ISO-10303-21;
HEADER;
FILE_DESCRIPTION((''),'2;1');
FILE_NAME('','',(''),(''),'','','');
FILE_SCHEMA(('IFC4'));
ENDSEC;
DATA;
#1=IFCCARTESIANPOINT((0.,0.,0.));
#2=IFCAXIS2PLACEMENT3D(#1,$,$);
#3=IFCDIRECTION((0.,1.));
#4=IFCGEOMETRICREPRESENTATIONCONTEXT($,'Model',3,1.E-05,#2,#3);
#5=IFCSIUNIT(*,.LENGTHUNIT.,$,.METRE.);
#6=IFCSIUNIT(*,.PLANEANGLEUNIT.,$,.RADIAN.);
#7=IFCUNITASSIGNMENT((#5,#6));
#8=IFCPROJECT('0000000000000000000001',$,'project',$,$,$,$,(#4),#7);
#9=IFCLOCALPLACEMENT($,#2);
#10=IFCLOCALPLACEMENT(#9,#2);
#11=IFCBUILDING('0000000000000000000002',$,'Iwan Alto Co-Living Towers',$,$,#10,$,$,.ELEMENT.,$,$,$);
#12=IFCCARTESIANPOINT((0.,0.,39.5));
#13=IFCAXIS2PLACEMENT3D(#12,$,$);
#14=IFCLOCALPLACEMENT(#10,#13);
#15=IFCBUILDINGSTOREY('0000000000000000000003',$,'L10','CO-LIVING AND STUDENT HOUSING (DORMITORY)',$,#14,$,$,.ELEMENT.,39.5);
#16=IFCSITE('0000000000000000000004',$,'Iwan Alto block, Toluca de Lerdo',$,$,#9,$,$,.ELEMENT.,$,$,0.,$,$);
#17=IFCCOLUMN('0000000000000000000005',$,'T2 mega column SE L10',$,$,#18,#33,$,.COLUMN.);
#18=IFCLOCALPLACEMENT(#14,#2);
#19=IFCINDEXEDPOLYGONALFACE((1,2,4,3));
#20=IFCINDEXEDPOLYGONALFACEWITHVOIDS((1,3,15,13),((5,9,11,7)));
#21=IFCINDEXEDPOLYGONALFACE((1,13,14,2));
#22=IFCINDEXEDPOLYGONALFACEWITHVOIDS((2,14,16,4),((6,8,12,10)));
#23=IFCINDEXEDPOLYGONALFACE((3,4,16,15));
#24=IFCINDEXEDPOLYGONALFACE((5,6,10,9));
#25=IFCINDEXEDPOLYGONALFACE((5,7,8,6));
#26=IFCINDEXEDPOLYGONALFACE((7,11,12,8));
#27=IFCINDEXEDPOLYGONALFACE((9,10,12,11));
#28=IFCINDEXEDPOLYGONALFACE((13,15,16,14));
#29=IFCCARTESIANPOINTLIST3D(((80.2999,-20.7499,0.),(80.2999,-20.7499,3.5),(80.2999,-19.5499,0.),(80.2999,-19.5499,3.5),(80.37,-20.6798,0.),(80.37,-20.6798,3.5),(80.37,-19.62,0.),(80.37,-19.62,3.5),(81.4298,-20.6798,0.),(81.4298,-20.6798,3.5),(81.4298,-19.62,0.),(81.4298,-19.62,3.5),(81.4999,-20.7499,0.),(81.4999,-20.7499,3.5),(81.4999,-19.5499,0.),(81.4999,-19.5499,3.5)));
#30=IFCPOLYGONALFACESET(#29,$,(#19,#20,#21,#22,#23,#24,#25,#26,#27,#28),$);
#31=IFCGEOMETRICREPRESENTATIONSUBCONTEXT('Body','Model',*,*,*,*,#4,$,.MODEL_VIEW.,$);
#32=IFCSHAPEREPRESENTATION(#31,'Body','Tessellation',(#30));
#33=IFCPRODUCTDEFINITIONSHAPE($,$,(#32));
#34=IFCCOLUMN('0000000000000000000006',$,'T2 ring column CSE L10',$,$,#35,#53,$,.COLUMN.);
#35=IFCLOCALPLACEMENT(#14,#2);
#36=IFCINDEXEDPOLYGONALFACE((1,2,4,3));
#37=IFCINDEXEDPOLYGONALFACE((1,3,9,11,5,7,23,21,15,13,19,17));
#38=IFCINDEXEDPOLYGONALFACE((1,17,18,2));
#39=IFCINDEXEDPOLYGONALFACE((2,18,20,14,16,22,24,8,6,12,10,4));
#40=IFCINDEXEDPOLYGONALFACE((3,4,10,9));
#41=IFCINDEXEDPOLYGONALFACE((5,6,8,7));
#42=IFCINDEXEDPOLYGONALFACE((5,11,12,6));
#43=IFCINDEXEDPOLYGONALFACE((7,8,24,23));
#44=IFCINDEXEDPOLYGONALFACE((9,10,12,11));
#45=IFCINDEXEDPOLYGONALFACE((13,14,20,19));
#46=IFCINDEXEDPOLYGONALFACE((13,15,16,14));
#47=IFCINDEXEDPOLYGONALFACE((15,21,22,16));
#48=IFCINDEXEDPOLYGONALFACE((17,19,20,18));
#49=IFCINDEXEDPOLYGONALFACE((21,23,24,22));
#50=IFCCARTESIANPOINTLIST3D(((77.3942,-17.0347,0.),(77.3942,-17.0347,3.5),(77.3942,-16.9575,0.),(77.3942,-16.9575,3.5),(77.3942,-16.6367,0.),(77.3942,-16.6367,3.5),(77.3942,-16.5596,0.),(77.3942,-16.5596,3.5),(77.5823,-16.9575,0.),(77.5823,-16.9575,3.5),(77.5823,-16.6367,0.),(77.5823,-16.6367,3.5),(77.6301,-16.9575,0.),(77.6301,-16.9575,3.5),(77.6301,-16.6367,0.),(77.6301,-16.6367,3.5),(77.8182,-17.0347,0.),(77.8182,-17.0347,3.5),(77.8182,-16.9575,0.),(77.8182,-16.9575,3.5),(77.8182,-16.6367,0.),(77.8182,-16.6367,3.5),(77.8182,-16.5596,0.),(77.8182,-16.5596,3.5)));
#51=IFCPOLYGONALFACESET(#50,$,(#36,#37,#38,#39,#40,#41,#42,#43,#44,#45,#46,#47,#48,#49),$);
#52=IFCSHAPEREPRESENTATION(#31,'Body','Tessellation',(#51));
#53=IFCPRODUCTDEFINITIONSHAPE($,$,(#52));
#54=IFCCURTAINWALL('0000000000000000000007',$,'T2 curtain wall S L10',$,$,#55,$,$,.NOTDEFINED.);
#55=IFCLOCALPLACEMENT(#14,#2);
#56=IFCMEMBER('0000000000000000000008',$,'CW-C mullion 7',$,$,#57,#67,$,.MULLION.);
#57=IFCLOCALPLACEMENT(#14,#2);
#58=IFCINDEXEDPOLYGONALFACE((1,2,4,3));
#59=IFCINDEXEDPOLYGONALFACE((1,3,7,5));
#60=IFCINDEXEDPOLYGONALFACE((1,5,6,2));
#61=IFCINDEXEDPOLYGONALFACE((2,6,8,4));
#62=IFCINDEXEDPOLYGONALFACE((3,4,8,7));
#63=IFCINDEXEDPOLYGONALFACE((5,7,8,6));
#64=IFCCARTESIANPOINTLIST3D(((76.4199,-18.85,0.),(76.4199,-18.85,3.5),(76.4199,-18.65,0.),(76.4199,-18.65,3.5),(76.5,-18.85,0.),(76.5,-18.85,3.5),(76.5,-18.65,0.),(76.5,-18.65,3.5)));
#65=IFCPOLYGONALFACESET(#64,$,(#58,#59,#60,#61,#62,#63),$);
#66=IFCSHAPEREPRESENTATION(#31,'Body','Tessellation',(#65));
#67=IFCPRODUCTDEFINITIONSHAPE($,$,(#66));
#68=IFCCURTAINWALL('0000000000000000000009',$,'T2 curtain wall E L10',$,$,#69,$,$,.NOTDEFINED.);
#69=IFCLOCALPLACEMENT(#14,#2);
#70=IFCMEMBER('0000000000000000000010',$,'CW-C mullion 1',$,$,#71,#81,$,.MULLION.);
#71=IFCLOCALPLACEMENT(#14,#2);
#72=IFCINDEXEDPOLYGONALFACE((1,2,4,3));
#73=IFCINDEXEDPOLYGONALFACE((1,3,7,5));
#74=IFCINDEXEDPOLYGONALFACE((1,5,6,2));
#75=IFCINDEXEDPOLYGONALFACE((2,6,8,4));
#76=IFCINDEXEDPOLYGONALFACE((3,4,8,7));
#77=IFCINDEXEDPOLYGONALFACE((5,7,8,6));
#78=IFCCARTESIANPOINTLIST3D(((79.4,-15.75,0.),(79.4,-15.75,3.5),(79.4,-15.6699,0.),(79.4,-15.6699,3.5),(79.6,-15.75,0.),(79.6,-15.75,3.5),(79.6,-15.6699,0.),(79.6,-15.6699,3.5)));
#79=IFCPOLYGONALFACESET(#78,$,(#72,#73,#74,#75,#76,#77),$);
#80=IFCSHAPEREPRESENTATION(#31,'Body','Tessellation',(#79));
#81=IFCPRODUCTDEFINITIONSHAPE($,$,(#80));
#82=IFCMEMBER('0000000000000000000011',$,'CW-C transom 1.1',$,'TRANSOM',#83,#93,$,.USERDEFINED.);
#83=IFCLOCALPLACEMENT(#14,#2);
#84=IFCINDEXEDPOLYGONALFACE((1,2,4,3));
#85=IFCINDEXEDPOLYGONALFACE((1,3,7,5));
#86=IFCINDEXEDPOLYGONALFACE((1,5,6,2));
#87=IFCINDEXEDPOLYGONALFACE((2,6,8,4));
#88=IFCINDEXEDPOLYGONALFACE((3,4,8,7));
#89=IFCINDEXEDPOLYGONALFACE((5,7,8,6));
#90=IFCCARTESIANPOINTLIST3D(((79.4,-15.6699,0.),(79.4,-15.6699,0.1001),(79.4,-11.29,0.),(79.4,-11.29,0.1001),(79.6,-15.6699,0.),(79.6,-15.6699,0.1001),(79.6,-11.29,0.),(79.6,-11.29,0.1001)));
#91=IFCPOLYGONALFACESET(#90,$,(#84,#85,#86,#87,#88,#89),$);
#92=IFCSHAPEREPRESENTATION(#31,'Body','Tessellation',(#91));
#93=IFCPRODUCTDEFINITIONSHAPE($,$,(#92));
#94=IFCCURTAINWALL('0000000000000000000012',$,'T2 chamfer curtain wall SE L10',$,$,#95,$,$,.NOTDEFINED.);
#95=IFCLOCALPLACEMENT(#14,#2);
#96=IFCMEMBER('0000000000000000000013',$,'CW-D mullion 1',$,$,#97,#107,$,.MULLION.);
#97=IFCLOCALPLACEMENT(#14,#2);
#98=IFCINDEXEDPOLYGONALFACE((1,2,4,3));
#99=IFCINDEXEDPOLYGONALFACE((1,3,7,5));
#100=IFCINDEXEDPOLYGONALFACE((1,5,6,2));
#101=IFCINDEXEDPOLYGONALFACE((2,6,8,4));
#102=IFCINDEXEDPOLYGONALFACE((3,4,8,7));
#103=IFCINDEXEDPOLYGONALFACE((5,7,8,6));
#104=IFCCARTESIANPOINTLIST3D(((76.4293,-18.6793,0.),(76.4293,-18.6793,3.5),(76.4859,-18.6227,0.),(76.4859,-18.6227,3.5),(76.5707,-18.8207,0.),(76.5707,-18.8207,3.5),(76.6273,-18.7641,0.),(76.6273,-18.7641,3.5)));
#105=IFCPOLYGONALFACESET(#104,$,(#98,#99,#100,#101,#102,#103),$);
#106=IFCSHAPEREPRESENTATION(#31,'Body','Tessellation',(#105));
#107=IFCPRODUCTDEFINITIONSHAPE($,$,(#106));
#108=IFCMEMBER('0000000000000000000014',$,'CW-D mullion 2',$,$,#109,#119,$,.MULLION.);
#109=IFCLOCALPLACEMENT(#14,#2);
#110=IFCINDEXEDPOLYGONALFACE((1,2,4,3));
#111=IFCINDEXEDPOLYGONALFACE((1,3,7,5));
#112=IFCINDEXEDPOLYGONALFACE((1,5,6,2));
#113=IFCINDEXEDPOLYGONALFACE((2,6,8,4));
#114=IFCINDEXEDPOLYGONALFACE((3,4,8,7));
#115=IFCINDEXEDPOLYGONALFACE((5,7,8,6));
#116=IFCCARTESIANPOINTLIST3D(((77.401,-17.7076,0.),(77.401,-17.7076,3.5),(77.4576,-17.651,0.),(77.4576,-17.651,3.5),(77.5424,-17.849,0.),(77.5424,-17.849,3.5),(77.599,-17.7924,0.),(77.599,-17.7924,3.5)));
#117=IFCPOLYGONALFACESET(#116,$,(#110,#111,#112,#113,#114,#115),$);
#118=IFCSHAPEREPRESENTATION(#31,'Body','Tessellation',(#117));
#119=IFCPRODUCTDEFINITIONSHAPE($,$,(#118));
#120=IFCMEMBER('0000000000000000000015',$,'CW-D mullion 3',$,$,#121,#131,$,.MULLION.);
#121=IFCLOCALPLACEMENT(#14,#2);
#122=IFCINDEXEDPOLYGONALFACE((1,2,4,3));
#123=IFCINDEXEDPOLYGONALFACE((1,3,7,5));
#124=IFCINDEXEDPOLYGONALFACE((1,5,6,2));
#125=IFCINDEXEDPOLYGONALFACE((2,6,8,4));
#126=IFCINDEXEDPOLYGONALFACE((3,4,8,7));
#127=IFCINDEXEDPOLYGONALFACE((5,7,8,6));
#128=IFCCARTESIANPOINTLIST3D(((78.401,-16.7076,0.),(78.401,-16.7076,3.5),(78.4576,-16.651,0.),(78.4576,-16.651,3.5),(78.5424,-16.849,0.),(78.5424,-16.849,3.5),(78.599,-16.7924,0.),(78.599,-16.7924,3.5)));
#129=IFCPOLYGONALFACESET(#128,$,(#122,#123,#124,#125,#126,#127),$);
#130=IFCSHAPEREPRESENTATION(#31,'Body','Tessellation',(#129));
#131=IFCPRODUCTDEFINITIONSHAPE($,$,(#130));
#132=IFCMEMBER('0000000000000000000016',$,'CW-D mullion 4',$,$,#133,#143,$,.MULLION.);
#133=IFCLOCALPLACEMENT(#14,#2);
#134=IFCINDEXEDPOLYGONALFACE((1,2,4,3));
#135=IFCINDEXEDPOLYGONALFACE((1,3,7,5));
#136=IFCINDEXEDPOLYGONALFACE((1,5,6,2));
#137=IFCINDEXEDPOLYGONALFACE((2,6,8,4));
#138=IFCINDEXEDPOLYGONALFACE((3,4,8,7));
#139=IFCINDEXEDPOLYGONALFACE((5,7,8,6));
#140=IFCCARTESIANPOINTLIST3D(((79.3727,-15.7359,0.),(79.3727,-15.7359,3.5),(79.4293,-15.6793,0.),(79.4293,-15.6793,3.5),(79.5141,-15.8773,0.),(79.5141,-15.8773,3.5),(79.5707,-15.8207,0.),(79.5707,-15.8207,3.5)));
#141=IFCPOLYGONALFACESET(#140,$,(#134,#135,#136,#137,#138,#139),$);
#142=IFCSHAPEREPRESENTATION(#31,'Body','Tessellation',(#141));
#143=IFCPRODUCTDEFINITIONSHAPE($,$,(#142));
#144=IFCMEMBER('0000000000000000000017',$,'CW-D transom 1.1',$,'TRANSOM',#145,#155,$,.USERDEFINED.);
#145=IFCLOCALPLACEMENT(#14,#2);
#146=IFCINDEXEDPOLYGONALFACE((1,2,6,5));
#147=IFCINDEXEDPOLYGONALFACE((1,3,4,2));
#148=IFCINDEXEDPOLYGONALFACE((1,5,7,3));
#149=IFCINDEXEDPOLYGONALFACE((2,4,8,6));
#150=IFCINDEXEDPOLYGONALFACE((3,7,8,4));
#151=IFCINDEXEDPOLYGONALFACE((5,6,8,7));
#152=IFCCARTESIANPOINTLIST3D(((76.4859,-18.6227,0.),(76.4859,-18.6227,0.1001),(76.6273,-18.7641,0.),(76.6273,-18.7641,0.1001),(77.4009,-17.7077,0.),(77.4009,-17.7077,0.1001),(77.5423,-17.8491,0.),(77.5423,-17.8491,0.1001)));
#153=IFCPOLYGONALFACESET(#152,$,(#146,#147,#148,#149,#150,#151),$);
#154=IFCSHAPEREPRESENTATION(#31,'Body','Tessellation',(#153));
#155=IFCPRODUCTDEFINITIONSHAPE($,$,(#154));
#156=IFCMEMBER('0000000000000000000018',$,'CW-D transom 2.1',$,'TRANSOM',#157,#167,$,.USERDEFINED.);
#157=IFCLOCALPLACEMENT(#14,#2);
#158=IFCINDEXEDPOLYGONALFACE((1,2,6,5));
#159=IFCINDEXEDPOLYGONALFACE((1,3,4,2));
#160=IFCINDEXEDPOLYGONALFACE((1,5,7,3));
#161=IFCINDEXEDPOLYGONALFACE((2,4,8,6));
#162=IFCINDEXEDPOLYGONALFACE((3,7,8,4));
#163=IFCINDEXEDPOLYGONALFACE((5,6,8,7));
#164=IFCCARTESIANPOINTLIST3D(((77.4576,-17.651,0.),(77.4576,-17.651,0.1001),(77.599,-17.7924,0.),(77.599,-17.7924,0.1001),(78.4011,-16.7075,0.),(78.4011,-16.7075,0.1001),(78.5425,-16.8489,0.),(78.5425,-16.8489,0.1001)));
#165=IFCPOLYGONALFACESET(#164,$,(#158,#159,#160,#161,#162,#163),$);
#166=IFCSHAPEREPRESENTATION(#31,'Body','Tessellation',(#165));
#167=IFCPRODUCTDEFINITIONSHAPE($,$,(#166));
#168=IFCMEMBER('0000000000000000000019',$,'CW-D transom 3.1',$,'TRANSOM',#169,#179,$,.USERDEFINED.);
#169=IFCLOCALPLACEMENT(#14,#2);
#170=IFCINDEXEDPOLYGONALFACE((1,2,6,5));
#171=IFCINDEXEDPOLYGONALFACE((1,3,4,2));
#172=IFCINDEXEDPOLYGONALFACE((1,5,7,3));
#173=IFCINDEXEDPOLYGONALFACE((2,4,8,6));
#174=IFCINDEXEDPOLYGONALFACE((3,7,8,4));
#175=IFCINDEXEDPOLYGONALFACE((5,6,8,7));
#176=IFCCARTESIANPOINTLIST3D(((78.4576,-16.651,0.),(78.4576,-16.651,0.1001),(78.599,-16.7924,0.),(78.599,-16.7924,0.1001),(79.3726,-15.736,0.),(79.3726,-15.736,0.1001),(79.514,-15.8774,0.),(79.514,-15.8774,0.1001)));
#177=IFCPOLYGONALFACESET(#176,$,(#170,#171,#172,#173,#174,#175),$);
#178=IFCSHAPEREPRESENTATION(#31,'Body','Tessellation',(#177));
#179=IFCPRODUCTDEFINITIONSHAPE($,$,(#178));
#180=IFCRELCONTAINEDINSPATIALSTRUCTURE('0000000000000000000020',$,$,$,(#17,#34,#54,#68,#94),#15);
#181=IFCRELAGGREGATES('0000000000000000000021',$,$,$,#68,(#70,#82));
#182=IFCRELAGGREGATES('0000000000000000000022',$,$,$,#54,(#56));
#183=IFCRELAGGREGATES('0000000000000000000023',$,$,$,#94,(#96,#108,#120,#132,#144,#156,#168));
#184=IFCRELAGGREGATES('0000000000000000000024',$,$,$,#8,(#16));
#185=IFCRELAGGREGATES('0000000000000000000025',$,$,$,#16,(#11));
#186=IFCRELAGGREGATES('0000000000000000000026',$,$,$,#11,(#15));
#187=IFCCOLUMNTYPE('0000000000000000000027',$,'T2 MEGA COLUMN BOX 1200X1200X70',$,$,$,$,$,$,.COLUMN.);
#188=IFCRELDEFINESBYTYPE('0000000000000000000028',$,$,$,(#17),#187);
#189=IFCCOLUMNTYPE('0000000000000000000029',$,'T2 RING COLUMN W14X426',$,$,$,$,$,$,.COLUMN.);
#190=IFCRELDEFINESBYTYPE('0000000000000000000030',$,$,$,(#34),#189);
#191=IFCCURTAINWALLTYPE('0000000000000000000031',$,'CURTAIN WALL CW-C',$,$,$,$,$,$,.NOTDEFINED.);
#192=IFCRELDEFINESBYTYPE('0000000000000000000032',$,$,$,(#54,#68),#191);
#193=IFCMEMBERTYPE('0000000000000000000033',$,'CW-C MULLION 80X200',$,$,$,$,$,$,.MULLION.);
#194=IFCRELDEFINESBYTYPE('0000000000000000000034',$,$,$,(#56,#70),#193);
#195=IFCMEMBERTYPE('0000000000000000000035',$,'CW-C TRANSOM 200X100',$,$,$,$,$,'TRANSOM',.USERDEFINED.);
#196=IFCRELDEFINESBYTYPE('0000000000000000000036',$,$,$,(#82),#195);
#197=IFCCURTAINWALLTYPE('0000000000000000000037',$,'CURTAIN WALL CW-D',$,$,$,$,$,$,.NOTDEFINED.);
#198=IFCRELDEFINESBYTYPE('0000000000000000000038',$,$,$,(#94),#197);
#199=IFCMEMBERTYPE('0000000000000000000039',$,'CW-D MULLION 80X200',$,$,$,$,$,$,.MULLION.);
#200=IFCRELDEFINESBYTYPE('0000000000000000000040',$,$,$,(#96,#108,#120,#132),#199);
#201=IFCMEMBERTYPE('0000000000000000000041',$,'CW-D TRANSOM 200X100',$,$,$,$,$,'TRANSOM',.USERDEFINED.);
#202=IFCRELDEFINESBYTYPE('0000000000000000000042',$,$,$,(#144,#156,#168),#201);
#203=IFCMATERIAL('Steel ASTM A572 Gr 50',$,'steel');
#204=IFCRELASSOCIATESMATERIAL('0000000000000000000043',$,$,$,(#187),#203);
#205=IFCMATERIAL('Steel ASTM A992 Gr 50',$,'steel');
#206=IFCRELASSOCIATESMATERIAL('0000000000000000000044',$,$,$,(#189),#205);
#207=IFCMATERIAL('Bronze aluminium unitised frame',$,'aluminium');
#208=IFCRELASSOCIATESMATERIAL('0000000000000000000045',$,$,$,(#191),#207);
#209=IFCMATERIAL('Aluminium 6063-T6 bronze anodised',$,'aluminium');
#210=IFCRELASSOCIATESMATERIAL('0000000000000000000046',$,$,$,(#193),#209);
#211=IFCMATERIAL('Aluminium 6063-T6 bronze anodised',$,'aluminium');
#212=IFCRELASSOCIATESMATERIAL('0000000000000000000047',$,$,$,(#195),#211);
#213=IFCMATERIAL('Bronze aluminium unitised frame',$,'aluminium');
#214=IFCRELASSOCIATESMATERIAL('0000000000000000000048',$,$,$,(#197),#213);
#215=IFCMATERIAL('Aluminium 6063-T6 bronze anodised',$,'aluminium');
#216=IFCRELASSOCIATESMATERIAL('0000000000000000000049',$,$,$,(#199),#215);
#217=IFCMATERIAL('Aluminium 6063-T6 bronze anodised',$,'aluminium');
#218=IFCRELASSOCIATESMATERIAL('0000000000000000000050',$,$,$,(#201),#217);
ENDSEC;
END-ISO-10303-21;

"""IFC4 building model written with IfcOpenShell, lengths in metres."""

from ifc_helpers import new_model, si_unit, direction, frame, origin, origin_2d, place, context, subcontext, project, spatial, rectangle, hollow_rectangle, i_section, extrude, material, material_profile, profile_set, type_object, element, aggregate, save


model = new_model("IFC4")

# Units and contexts
model_context = context("Model", 3, precision=1e-05, world=origin(), true_north=direction((0.0, 1.0)))
body_context = subcontext(model_context, "Body", "Model", "MODEL_VIEW")
ifc_project = project(units=[si_unit("LENGTHUNIT", "METRE"), si_unit("PLANEANGLEUNIT", "RADIAN")], contexts=[model_context])

# Site, building, storey
site_placement = place(None, origin())
site = spatial("IfcSite", under=ifc_project, at=site_placement, Name="Iwan Alto block, Toluca de Lerdo", CompositionType="ELEMENT", RefElevation=0.0)
building_placement = place(site_placement, origin())
building = spatial("IfcBuilding", under=site, at=building_placement, Name="Iwan Alto Co-Living Towers", CompositionType="ELEMENT")
storey_placement = place(building_placement, frame((0.0, 0.0, 39.5)))
storey = spatial("IfcBuildingStorey", under=building, at=storey_placement, Name="L10", Description="CO-LIVING AND STUDENT HOUSING (DORMITORY)", CompositionType="ELEMENT", Elevation=39.5)

# Columns
ifc_material_1 = material(Name="Steel ASTM A572 Gr 50", Category="steel")
ifc_material_profile_1 = material_profile(ifc_material_1, hollow_rectangle(XDim=1.2, YDim=1.2, WallThickness=0.0701, at=origin_2d()), Name="BOX 1200X1200X70")
ifc_profile_set_1 = profile_set([ifc_material_profile_1], Name="Steel ASTM A572 Gr 50")
column_type_1 = type_object("IfcColumnType", Name="T2 MEGA COLUMN BOX 1200X1200X70", PredefinedType="COLUMN", material=ifc_profile_set_1)
column_1_placement = place(storey_placement, frame((80.8999, -20.1499, 0.0), z_axis=(0.0, 0.0, 1.0), x_axis=(1.0, 0.0, 0.0)))
element("IfcColumn", 1, at=column_1_placement, inside=storey, type_object=column_type_1, Name="T2 mega column SE L10", PredefinedType="COLUMN", context=body_context, shape_type="SweptSolid", body=[
    extrude(hollow_rectangle(XDim=1.2, YDim=1.2, WallThickness=0.0701, at=origin_2d()), origin(), (0.0, 0.0, 1.0), 3.5),
])
ifc_material_2 = material(Name="Steel ASTM A992 Gr 50", Category="steel")
ifc_material_profile_2 = material_profile(ifc_material_2, i_section(OverallWidth=0.4241, OverallDepth=0.4751, WebThickness=0.0479, FlangeThickness=0.0771, at=origin_2d()), Name="W14X426")
ifc_profile_set_2 = profile_set([ifc_material_profile_2], Name="Steel ASTM A992 Gr 50")
column_type_2 = type_object("IfcColumnType", Name="T2 RING COLUMN W14X426", PredefinedType="COLUMN", material=ifc_profile_set_2)
column_2_placement = place(storey_placement, frame((77.6062, -16.7971, 0.0), z_axis=(0.0, 0.0, 1.0), x_axis=(1.0, 0.0, 0.0)))
element("IfcColumn", 2, at=column_2_placement, inside=storey, type_object=column_type_2, Name="T2 ring column CSE L10", PredefinedType="COLUMN", context=body_context, shape_type="SweptSolid", body=[
    extrude(i_section(OverallWidth=0.4241, OverallDepth=0.4751, WebThickness=0.0479, FlangeThickness=0.0771, at=origin_2d()), origin(), (0.0, 0.0, 1.0), 3.5),
])

# Curtain wall, member
ifc_material_3 = material(Name="Bronze aluminium unitised frame", Category="aluminium")
curtain_wall_type_1 = type_object("IfcCurtainWallType", Name="CURTAIN WALL CW-C", PredefinedType="NOTDEFINED", material=ifc_material_3)
curtain_wall_1_placement = place(storey_placement, origin())
curtain_wall_1 = element("IfcCurtainWall", 3, at=curtain_wall_1_placement, inside=storey, type_object=curtain_wall_type_1, Name="T2 curtain wall S L10", PredefinedType="NOTDEFINED")
ifc_material_4 = material(Name="Aluminium 6063-T6 bronze anodised", Category="aluminium")
ifc_material_profile_3 = material_profile(ifc_material_4, rectangle(XDim=0.2, YDim=0.0801, at=origin_2d()), Name="AL 80X200")
ifc_profile_set_3 = profile_set([ifc_material_profile_3], Name="Aluminium 6063-T6 bronze anodised")
member_type_1 = type_object("IfcMemberType", Name="CW-C MULLION 80X200", PredefinedType="MULLION", material=ifc_profile_set_3)
member_1_placement = place(storey_placement, frame((76.46, -18.75, 0.0), z_axis=(0.0, 0.0, 1.0), x_axis=(0.0, 1.0, 0.0)))
member_1 = element("IfcMember", 4, at=member_1_placement, type_object=member_type_1, Name="CW-C mullion 7", PredefinedType="MULLION", context=body_context, shape_type="SweptSolid", body=[
    extrude(rectangle(XDim=0.2, YDim=0.0801, at=origin_2d()), origin(), (0.0, 0.0, 1.0), 3.5),
])

# Curtain walls, members
curtain_wall_2_placement = place(storey_placement, origin())
curtain_wall_2 = element("IfcCurtainWall", 5, at=curtain_wall_2_placement, inside=storey, type_object=curtain_wall_type_1, Name="T2 curtain wall E L10", PredefinedType="NOTDEFINED")
member_2_placement = place(storey_placement, frame((79.5, -15.71, 0.0), z_axis=(0.0, 0.0, 1.0), x_axis=(-1.0, 0.0, 0.0)))
member_2 = element("IfcMember", 6, at=member_2_placement, type_object=member_type_1, Name="CW-C mullion 1", PredefinedType="MULLION", context=body_context, shape_type="SweptSolid", body=[
    extrude(rectangle(XDim=0.2, YDim=0.0801, at=origin_2d()), origin(), (0.0, 0.0, 1.0), 3.5),
])
ifc_material_5 = material(Name="Aluminium 6063-T6 bronze anodised", Category="aluminium")
ifc_material_profile_4 = material_profile(ifc_material_5, rectangle(XDim=0.2, YDim=0.1001, at=origin_2d()), Name="AL 200X100")
ifc_profile_set_4 = profile_set([ifc_material_profile_4], Name="Aluminium 6063-T6 bronze anodised")
member_type_2 = type_object("IfcMemberType", Name="CW-C TRANSOM 200X100", ElementType="TRANSOM", PredefinedType="USERDEFINED", material=ifc_profile_set_4)
member_3_placement = place(storey_placement, frame((79.5, -15.6699, 0.05), z_axis=(0.0, 1.0, 0.0), x_axis=(-1.0, 0.0, 0.0)))
member_3 = element("IfcMember", 7, at=member_3_placement, type_object=member_type_2, Name="CW-C transom 1.1", ObjectType="TRANSOM", PredefinedType="USERDEFINED", context=body_context, shape_type="SweptSolid", body=[
    extrude(rectangle(XDim=0.2, YDim=0.1001, at=origin_2d()), origin(), (0.0, 0.0, 1.0), 4.3799),
])
aggregate(curtain_wall_2, [member_2, member_3])
ifc_material_6 = material(Name="Bronze aluminium unitised frame", Category="aluminium")
curtain_wall_type_2 = type_object("IfcCurtainWallType", Name="CURTAIN WALL CW-D", PredefinedType="NOTDEFINED", material=ifc_material_6)
curtain_wall_3_placement = place(storey_placement, origin())
curtain_wall_3 = element("IfcCurtainWall", 8, at=curtain_wall_3_placement, inside=storey, type_object=curtain_wall_type_2, Name="T2 chamfer curtain wall SE L10", PredefinedType="NOTDEFINED")
ifc_material_7 = material(Name="Aluminium 6063-T6 bronze anodised", Category="aluminium")
ifc_material_profile_5 = material_profile(ifc_material_7, rectangle(XDim=0.2, YDim=0.0801, at=origin_2d()), Name="AL 80X200")
ifc_profile_set_5 = profile_set([ifc_material_profile_5], Name="Aluminium 6063-T6 bronze anodised")
member_type_3 = type_object("IfcMemberType", Name="CW-D MULLION 80X200", PredefinedType="MULLION", material=ifc_profile_set_5)
member_4_placement = place(storey_placement, frame((76.5283, -18.7217, 0.0), z_axis=(0.0, 0.0, 1.0), x_axis=(-0.707107, 0.707107, 0.0)))
member_4 = element("IfcMember", 9, at=member_4_placement, type_object=member_type_3, Name="CW-D mullion 1", PredefinedType="MULLION", context=body_context, shape_type="SweptSolid", body=[
    extrude(rectangle(XDim=0.2, YDim=0.0801, at=origin_2d()), origin(), (0.0, 0.0, 1.0), 3.5),
])
member_5_placement = place(storey_placement, frame((77.5, -17.75, 0.0), z_axis=(0.0, 0.0, 1.0), x_axis=(-0.707107, 0.707107, 0.0)))
member_5 = element("IfcMember", 10, at=member_5_placement, type_object=member_type_3, Name="CW-D mullion 2", PredefinedType="MULLION", context=body_context, shape_type="SweptSolid", body=[
    extrude(rectangle(XDim=0.2, YDim=0.0801, at=origin_2d()), origin(), (0.0, 0.0, 1.0), 3.5),
])
member_6_placement = place(storey_placement, frame((78.5, -16.75, 0.0), z_axis=(0.0, 0.0, 1.0), x_axis=(-0.707107, 0.707107, 0.0)))
member_6 = element("IfcMember", 11, at=member_6_placement, type_object=member_type_3, Name="CW-D mullion 3", PredefinedType="MULLION", context=body_context, shape_type="SweptSolid", body=[
    extrude(rectangle(XDim=0.2, YDim=0.0801, at=origin_2d()), origin(), (0.0, 0.0, 1.0), 3.5),
])
member_7_placement = place(storey_placement, frame((79.4717, -15.7783, 0.0), z_axis=(0.0, 0.0, 1.0), x_axis=(-0.707107, 0.707107, 0.0)))
member_7 = element("IfcMember", 12, at=member_7_placement, type_object=member_type_3, Name="CW-D mullion 4", PredefinedType="MULLION", context=body_context, shape_type="SweptSolid", body=[
    extrude(rectangle(XDim=0.2, YDim=0.0801, at=origin_2d()), origin(), (0.0, 0.0, 1.0), 3.5),
])
ifc_material_8 = material(Name="Aluminium 6063-T6 bronze anodised", Category="aluminium")
ifc_material_profile_6 = material_profile(ifc_material_8, rectangle(XDim=0.2, YDim=0.1001, at=origin_2d()), Name="AL 200X100")
ifc_profile_set_6 = profile_set([ifc_material_profile_6], Name="Aluminium 6063-T6 bronze anodised")
member_type_4 = type_object("IfcMemberType", Name="CW-D TRANSOM 200X100", ElementType="TRANSOM", PredefinedType="USERDEFINED", material=ifc_profile_set_6)
member_8_placement = place(storey_placement, frame((76.5566, -18.6934, 0.05), z_axis=(0.707107, 0.707107, 0.0), x_axis=(-0.707107, 0.707107, 0.0)))
member_8 = element("IfcMember", 13, at=member_8_placement, type_object=member_type_4, Name="CW-D transom 1.1", ObjectType="TRANSOM", PredefinedType="USERDEFINED", context=body_context, shape_type="SweptSolid", body=[
    extrude(rectangle(XDim=0.2, YDim=0.1001, at=origin_2d()), origin(), (0.0, 0.0, 1.0), 1.2939),
])
member_9_placement = place(storey_placement, frame((77.5283, -17.7217, 0.05), z_axis=(0.707107, 0.707107, 0.0), x_axis=(-0.707107, 0.707107, 0.0)))
member_9 = element("IfcMember", 14, at=member_9_placement, type_object=member_type_4, Name="CW-D transom 2.1", ObjectType="TRANSOM", PredefinedType="USERDEFINED", context=body_context, shape_type="SweptSolid", body=[
    extrude(rectangle(XDim=0.2, YDim=0.1001, at=origin_2d()), origin(), (0.0, 0.0, 1.0), 1.3342),
])
member_10_placement = place(storey_placement, frame((78.5283, -16.7217, 0.05), z_axis=(0.707107, 0.707107, 0.0), x_axis=(-0.707107, 0.707107, 0.0)))
member_10 = element("IfcMember", 15, at=member_10_placement, type_object=member_type_4, Name="CW-D transom 3.1", ObjectType="TRANSOM", PredefinedType="USERDEFINED", context=body_context, shape_type="SweptSolid", body=[
    extrude(rectangle(XDim=0.2, YDim=0.1001, at=origin_2d()), origin(), (0.0, 0.0, 1.0), 1.2939),
])

aggregate(curtain_wall_1, [member_1])
aggregate(curtain_wall_3, [member_4, member_5, member_6, member_7, member_8, member_9, member_10])

save(model, "model.ifc")
